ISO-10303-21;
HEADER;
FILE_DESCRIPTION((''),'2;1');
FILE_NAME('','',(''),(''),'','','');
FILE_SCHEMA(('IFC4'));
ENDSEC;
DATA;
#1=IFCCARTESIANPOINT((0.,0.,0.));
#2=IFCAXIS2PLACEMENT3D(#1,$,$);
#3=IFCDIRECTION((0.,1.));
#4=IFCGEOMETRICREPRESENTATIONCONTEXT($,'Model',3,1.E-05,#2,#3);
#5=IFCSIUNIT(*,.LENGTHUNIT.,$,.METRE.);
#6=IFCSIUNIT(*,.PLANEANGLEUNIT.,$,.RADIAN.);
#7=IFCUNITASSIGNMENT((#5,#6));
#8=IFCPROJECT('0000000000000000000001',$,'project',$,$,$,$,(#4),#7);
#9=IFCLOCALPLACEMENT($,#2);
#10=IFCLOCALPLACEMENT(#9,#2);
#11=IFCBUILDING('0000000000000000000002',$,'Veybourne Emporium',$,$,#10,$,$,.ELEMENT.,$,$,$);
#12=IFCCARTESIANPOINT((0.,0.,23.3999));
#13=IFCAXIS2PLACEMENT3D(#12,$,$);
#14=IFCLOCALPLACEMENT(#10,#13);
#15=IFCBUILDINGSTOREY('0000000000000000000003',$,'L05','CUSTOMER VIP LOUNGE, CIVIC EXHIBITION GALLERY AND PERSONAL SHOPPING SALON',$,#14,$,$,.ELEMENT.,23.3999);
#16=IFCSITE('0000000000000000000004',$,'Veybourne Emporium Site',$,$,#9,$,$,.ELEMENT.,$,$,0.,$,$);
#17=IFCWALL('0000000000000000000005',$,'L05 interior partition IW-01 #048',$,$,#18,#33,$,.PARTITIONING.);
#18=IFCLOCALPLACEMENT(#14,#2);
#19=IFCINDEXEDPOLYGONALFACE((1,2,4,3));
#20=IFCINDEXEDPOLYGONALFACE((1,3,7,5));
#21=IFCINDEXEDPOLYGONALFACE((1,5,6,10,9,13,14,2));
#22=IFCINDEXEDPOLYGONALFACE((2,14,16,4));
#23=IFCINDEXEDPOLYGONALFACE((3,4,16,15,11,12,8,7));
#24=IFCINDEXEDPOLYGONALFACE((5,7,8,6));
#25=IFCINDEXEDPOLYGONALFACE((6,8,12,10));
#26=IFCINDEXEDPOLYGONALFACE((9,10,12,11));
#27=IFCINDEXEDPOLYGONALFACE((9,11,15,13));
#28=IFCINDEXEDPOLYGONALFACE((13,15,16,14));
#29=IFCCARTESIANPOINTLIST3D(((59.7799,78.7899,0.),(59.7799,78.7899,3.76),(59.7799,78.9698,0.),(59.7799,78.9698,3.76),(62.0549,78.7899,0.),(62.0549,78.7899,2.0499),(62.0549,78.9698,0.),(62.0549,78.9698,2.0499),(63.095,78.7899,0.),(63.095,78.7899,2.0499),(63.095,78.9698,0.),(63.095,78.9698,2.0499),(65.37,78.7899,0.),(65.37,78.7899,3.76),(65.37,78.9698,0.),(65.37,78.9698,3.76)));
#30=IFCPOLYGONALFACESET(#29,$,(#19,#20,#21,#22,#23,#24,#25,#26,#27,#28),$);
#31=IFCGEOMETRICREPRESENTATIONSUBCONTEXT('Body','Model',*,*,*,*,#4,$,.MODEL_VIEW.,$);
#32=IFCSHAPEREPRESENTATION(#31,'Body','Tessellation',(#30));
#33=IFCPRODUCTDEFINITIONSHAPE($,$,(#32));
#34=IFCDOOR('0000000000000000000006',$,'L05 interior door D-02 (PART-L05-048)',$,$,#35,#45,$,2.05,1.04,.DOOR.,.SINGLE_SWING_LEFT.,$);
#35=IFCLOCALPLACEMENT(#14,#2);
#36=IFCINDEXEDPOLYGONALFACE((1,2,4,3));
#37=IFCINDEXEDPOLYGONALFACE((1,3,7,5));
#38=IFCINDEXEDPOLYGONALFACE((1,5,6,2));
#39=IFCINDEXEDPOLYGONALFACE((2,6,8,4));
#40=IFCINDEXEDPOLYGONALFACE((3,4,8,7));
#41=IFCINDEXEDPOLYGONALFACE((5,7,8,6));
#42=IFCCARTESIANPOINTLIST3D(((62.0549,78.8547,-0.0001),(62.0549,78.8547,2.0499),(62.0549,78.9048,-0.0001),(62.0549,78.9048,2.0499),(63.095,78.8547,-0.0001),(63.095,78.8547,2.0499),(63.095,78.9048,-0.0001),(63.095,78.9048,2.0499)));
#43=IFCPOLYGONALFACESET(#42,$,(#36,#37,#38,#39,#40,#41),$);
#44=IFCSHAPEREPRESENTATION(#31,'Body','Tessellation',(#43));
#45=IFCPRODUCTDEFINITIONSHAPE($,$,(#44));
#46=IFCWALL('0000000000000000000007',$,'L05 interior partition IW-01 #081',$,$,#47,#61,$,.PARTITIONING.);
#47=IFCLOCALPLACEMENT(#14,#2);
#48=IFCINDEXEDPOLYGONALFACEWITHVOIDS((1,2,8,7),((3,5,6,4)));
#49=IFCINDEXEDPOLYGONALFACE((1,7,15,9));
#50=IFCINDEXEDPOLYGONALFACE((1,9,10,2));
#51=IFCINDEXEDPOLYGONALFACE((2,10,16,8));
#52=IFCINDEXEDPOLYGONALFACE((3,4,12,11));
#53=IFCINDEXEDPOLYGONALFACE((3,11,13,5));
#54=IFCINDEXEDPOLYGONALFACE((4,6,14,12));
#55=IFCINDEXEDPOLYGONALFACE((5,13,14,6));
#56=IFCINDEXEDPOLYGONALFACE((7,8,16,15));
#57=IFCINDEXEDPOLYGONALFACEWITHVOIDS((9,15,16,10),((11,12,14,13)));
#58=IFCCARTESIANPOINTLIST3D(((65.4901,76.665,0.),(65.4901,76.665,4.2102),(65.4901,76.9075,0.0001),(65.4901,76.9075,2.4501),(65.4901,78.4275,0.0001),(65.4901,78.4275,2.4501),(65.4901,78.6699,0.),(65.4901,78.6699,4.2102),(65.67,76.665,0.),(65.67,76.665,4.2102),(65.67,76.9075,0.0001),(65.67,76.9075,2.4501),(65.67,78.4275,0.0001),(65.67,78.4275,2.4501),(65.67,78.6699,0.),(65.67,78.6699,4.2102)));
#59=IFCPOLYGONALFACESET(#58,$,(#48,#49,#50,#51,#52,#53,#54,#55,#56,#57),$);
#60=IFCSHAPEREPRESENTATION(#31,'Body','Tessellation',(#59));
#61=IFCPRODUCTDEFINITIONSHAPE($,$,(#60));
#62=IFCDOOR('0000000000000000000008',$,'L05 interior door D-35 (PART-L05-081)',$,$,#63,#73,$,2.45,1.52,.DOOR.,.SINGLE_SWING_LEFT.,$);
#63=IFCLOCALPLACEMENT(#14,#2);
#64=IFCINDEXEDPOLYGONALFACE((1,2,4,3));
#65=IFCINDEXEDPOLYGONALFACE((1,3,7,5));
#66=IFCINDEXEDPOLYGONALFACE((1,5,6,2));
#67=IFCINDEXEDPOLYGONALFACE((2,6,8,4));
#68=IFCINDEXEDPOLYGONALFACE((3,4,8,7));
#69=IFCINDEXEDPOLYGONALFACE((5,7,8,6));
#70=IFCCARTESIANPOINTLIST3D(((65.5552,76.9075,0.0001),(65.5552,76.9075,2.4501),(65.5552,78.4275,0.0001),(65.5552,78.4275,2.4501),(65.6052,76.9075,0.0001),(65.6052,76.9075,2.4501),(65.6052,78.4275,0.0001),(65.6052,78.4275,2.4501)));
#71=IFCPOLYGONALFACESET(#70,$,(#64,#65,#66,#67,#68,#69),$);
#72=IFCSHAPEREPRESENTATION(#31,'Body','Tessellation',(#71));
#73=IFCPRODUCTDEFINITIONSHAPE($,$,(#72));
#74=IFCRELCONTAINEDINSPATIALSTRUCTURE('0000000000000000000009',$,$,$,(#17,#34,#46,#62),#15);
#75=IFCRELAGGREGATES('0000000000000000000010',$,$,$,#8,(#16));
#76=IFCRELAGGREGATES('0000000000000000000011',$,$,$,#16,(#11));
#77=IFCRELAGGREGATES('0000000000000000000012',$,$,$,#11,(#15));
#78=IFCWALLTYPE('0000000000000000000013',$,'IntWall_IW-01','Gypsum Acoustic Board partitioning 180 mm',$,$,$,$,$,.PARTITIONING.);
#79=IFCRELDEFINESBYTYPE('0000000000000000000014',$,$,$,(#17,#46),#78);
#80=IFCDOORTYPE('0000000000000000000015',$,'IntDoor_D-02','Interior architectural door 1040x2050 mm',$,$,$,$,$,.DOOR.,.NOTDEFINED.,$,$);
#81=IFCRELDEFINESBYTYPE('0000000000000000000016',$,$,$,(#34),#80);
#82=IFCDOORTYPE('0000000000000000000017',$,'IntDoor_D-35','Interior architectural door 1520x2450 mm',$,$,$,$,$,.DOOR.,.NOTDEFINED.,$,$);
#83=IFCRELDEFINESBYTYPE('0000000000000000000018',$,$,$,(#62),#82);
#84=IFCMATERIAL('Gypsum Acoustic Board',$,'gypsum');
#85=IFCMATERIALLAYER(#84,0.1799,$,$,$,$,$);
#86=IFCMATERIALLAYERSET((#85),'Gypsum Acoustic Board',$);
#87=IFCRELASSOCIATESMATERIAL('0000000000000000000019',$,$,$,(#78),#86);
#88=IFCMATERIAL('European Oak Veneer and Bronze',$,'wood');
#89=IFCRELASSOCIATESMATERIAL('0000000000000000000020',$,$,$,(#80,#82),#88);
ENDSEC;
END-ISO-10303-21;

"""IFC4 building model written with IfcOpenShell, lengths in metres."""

from ifc_helpers import new_model, si_unit, direction, frame, frame_2d, origin, place, context, subcontext, project, spatial, rectangle, extrude, material, layer, layer_set, type_object, element, fill, save


model = new_model("IFC4")

# Units and contexts
model_context = context("Model", 3, precision=1e-05, world=origin(), true_north=direction((0.0, 1.0)))
body_context = subcontext(model_context, "Body", "Model", "MODEL_VIEW")
ifc_project = project(units=[si_unit("LENGTHUNIT", "METRE"), si_unit("PLANEANGLEUNIT", "RADIAN")], contexts=[model_context])

# Site, building, storey
site_placement = place(None, origin())
site = spatial("IfcSite", under=ifc_project, at=site_placement, Name="Veybourne Emporium Site", CompositionType="ELEMENT", RefElevation=0.0)
building_placement = place(site_placement, origin())
building = spatial("IfcBuilding", under=site, at=building_placement, Name="Veybourne Emporium", CompositionType="ELEMENT")
storey_placement = place(building_placement, frame((0.0, 0.0, 23.3999)))
storey = spatial("IfcBuildingStorey", under=building, at=storey_placement, Name="L05", Description="CUSTOMER VIP LOUNGE, CIVIC EXHIBITION GALLERY AND PERSONAL SHOPPING SALON", CompositionType="ELEMENT", Elevation=23.3999)

# Walls, openings, doors
ifc_material_1 = material(Name="Gypsum Acoustic Board", Category="gypsum")
ifc_layer_1 = layer(ifc_material_1, 0.1799)
ifc_layer_set_1 = layer_set([ifc_layer_1], Name="Gypsum Acoustic Board")
wall_type_1 = type_object("IfcWallType", Name="IntWall_IW-01", Description="Gypsum Acoustic Board partitioning 180 mm", PredefinedType="PARTITIONING", material=ifc_layer_set_1)
wall_1_placement = place(storey_placement, frame((59.78, 78.8799, 0.0), z_axis=(0.0, 0.0, 1.0), x_axis=(1.0, 0.0, 0.0)))
wall_1 = element("IfcWall", 1, at=wall_1_placement, inside=storey, type_object=wall_type_1, Name="L05 interior partition IW-01 #048", PredefinedType="PARTITIONING", context=body_context, shape_type="SweptSolid", body=[
    extrude(rectangle(XDim=5.5901, YDim=0.1799, at=frame_2d((2.7949, 0.0))), origin(), (0.0, 0.0, 1.0), 3.76),
])
opening_1_placement = place(wall_1_placement, frame((2.2749, 0.0, 0.0)))
opening_1 = element("IfcOpeningElement", 2, at=opening_1_placement, cuts=wall_1, PredefinedType="OPENING", context=body_context, shape_type="SweptSolid", body=[
    extrude(rectangle(XDim=1.04, YDim=2.05, at=frame_2d((0.52, 1.0249))), frame((0.0, 0.1099, 0.0), z_axis=(0.0, -1.0, 0.0), x_axis=(1.0, 0.0, 0.0)), (0.0, 0.0, 1.0), 0.22),
])
ifc_material_2 = material(Name="European Oak Veneer and Bronze", Category="wood")
door_type_1 = type_object("IfcDoorType", Name="IntDoor_D-02", Description="Interior architectural door 1040x2050 mm", OperationType="NOTDEFINED", PredefinedType="DOOR", material=ifc_material_2)
door_1_placement = place(opening_1_placement, origin())
door_1 = element("IfcDoor", 3, at=door_1_placement, inside=storey, type_object=door_type_1, Name="L05 interior door D-02 (PART-L05-048)", OperationType="SINGLE_SWING_LEFT", OverallHeight=2.05, OverallWidth=1.04, PredefinedType="DOOR", context=body_context, shape_type="SweptSolid", body=[
    extrude(rectangle(XDim=1.04, YDim=2.05, at=frame_2d((0.52, 1.0249))), frame((0.0, 0.0249, 0.0), z_axis=(0.0, -1.0, 0.0), x_axis=(1.0, 0.0, 0.0)), (0.0, 0.0, 1.0), 0.05),
])
fill(opening_1, door_1)
wall_2_placement = place(storey_placement, frame((65.5801, 76.665, 0.0), z_axis=(0.0, 0.0, 1.0), x_axis=(0.0, 1.0, 0.0)))
wall_2 = element("IfcWall", 4, at=wall_2_placement, inside=storey, type_object=wall_type_1, Name="L05 interior partition IW-01 #081", PredefinedType="PARTITIONING", context=body_context, shape_type="SweptSolid", body=[
    extrude(rectangle(XDim=2.0049, YDim=0.1799, at=frame_2d((1.0024, 0.0))), origin(), (0.0, 0.0, 1.0), 4.2102),
])
opening_2_placement = place(wall_2_placement, frame((0.2424, 0.0, 0.0)))
opening_2 = element("IfcOpeningElement", 5, at=opening_2_placement, cuts=wall_2, PredefinedType="OPENING", context=body_context, shape_type="SweptSolid", body=[
    extrude(rectangle(XDim=1.52, YDim=2.45, at=frame_2d((0.76, 1.2251))), frame((0.0, 0.1099, 0.0), z_axis=(0.0, -1.0, 0.0), x_axis=(1.0, 0.0, 0.0)), (0.0, 0.0, 1.0), 0.22),
])
door_type_2 = type_object("IfcDoorType", Name="IntDoor_D-35", Description="Interior architectural door 1520x2450 mm", OperationType="NOTDEFINED", PredefinedType="DOOR", material=ifc_material_2)
door_2_placement = place(opening_2_placement, origin())
door_2 = element("IfcDoor", 6, at=door_2_placement, inside=storey, type_object=door_type_2, Name="L05 interior door D-35 (PART-L05-081)", OperationType="SINGLE_SWING_LEFT", OverallHeight=2.45, OverallWidth=1.52, PredefinedType="DOOR", context=body_context, shape_type="SweptSolid", body=[
    extrude(rectangle(XDim=1.52, YDim=2.45, at=frame_2d((0.76, 1.2251))), frame((0.0, 0.0249, 0.0), z_axis=(0.0, -1.0, 0.0), x_axis=(1.0, 0.0, 0.0)), (0.0, 0.0, 1.0), 0.05),
])
fill(opening_2, door_2)

save(model, "model.ifc")
